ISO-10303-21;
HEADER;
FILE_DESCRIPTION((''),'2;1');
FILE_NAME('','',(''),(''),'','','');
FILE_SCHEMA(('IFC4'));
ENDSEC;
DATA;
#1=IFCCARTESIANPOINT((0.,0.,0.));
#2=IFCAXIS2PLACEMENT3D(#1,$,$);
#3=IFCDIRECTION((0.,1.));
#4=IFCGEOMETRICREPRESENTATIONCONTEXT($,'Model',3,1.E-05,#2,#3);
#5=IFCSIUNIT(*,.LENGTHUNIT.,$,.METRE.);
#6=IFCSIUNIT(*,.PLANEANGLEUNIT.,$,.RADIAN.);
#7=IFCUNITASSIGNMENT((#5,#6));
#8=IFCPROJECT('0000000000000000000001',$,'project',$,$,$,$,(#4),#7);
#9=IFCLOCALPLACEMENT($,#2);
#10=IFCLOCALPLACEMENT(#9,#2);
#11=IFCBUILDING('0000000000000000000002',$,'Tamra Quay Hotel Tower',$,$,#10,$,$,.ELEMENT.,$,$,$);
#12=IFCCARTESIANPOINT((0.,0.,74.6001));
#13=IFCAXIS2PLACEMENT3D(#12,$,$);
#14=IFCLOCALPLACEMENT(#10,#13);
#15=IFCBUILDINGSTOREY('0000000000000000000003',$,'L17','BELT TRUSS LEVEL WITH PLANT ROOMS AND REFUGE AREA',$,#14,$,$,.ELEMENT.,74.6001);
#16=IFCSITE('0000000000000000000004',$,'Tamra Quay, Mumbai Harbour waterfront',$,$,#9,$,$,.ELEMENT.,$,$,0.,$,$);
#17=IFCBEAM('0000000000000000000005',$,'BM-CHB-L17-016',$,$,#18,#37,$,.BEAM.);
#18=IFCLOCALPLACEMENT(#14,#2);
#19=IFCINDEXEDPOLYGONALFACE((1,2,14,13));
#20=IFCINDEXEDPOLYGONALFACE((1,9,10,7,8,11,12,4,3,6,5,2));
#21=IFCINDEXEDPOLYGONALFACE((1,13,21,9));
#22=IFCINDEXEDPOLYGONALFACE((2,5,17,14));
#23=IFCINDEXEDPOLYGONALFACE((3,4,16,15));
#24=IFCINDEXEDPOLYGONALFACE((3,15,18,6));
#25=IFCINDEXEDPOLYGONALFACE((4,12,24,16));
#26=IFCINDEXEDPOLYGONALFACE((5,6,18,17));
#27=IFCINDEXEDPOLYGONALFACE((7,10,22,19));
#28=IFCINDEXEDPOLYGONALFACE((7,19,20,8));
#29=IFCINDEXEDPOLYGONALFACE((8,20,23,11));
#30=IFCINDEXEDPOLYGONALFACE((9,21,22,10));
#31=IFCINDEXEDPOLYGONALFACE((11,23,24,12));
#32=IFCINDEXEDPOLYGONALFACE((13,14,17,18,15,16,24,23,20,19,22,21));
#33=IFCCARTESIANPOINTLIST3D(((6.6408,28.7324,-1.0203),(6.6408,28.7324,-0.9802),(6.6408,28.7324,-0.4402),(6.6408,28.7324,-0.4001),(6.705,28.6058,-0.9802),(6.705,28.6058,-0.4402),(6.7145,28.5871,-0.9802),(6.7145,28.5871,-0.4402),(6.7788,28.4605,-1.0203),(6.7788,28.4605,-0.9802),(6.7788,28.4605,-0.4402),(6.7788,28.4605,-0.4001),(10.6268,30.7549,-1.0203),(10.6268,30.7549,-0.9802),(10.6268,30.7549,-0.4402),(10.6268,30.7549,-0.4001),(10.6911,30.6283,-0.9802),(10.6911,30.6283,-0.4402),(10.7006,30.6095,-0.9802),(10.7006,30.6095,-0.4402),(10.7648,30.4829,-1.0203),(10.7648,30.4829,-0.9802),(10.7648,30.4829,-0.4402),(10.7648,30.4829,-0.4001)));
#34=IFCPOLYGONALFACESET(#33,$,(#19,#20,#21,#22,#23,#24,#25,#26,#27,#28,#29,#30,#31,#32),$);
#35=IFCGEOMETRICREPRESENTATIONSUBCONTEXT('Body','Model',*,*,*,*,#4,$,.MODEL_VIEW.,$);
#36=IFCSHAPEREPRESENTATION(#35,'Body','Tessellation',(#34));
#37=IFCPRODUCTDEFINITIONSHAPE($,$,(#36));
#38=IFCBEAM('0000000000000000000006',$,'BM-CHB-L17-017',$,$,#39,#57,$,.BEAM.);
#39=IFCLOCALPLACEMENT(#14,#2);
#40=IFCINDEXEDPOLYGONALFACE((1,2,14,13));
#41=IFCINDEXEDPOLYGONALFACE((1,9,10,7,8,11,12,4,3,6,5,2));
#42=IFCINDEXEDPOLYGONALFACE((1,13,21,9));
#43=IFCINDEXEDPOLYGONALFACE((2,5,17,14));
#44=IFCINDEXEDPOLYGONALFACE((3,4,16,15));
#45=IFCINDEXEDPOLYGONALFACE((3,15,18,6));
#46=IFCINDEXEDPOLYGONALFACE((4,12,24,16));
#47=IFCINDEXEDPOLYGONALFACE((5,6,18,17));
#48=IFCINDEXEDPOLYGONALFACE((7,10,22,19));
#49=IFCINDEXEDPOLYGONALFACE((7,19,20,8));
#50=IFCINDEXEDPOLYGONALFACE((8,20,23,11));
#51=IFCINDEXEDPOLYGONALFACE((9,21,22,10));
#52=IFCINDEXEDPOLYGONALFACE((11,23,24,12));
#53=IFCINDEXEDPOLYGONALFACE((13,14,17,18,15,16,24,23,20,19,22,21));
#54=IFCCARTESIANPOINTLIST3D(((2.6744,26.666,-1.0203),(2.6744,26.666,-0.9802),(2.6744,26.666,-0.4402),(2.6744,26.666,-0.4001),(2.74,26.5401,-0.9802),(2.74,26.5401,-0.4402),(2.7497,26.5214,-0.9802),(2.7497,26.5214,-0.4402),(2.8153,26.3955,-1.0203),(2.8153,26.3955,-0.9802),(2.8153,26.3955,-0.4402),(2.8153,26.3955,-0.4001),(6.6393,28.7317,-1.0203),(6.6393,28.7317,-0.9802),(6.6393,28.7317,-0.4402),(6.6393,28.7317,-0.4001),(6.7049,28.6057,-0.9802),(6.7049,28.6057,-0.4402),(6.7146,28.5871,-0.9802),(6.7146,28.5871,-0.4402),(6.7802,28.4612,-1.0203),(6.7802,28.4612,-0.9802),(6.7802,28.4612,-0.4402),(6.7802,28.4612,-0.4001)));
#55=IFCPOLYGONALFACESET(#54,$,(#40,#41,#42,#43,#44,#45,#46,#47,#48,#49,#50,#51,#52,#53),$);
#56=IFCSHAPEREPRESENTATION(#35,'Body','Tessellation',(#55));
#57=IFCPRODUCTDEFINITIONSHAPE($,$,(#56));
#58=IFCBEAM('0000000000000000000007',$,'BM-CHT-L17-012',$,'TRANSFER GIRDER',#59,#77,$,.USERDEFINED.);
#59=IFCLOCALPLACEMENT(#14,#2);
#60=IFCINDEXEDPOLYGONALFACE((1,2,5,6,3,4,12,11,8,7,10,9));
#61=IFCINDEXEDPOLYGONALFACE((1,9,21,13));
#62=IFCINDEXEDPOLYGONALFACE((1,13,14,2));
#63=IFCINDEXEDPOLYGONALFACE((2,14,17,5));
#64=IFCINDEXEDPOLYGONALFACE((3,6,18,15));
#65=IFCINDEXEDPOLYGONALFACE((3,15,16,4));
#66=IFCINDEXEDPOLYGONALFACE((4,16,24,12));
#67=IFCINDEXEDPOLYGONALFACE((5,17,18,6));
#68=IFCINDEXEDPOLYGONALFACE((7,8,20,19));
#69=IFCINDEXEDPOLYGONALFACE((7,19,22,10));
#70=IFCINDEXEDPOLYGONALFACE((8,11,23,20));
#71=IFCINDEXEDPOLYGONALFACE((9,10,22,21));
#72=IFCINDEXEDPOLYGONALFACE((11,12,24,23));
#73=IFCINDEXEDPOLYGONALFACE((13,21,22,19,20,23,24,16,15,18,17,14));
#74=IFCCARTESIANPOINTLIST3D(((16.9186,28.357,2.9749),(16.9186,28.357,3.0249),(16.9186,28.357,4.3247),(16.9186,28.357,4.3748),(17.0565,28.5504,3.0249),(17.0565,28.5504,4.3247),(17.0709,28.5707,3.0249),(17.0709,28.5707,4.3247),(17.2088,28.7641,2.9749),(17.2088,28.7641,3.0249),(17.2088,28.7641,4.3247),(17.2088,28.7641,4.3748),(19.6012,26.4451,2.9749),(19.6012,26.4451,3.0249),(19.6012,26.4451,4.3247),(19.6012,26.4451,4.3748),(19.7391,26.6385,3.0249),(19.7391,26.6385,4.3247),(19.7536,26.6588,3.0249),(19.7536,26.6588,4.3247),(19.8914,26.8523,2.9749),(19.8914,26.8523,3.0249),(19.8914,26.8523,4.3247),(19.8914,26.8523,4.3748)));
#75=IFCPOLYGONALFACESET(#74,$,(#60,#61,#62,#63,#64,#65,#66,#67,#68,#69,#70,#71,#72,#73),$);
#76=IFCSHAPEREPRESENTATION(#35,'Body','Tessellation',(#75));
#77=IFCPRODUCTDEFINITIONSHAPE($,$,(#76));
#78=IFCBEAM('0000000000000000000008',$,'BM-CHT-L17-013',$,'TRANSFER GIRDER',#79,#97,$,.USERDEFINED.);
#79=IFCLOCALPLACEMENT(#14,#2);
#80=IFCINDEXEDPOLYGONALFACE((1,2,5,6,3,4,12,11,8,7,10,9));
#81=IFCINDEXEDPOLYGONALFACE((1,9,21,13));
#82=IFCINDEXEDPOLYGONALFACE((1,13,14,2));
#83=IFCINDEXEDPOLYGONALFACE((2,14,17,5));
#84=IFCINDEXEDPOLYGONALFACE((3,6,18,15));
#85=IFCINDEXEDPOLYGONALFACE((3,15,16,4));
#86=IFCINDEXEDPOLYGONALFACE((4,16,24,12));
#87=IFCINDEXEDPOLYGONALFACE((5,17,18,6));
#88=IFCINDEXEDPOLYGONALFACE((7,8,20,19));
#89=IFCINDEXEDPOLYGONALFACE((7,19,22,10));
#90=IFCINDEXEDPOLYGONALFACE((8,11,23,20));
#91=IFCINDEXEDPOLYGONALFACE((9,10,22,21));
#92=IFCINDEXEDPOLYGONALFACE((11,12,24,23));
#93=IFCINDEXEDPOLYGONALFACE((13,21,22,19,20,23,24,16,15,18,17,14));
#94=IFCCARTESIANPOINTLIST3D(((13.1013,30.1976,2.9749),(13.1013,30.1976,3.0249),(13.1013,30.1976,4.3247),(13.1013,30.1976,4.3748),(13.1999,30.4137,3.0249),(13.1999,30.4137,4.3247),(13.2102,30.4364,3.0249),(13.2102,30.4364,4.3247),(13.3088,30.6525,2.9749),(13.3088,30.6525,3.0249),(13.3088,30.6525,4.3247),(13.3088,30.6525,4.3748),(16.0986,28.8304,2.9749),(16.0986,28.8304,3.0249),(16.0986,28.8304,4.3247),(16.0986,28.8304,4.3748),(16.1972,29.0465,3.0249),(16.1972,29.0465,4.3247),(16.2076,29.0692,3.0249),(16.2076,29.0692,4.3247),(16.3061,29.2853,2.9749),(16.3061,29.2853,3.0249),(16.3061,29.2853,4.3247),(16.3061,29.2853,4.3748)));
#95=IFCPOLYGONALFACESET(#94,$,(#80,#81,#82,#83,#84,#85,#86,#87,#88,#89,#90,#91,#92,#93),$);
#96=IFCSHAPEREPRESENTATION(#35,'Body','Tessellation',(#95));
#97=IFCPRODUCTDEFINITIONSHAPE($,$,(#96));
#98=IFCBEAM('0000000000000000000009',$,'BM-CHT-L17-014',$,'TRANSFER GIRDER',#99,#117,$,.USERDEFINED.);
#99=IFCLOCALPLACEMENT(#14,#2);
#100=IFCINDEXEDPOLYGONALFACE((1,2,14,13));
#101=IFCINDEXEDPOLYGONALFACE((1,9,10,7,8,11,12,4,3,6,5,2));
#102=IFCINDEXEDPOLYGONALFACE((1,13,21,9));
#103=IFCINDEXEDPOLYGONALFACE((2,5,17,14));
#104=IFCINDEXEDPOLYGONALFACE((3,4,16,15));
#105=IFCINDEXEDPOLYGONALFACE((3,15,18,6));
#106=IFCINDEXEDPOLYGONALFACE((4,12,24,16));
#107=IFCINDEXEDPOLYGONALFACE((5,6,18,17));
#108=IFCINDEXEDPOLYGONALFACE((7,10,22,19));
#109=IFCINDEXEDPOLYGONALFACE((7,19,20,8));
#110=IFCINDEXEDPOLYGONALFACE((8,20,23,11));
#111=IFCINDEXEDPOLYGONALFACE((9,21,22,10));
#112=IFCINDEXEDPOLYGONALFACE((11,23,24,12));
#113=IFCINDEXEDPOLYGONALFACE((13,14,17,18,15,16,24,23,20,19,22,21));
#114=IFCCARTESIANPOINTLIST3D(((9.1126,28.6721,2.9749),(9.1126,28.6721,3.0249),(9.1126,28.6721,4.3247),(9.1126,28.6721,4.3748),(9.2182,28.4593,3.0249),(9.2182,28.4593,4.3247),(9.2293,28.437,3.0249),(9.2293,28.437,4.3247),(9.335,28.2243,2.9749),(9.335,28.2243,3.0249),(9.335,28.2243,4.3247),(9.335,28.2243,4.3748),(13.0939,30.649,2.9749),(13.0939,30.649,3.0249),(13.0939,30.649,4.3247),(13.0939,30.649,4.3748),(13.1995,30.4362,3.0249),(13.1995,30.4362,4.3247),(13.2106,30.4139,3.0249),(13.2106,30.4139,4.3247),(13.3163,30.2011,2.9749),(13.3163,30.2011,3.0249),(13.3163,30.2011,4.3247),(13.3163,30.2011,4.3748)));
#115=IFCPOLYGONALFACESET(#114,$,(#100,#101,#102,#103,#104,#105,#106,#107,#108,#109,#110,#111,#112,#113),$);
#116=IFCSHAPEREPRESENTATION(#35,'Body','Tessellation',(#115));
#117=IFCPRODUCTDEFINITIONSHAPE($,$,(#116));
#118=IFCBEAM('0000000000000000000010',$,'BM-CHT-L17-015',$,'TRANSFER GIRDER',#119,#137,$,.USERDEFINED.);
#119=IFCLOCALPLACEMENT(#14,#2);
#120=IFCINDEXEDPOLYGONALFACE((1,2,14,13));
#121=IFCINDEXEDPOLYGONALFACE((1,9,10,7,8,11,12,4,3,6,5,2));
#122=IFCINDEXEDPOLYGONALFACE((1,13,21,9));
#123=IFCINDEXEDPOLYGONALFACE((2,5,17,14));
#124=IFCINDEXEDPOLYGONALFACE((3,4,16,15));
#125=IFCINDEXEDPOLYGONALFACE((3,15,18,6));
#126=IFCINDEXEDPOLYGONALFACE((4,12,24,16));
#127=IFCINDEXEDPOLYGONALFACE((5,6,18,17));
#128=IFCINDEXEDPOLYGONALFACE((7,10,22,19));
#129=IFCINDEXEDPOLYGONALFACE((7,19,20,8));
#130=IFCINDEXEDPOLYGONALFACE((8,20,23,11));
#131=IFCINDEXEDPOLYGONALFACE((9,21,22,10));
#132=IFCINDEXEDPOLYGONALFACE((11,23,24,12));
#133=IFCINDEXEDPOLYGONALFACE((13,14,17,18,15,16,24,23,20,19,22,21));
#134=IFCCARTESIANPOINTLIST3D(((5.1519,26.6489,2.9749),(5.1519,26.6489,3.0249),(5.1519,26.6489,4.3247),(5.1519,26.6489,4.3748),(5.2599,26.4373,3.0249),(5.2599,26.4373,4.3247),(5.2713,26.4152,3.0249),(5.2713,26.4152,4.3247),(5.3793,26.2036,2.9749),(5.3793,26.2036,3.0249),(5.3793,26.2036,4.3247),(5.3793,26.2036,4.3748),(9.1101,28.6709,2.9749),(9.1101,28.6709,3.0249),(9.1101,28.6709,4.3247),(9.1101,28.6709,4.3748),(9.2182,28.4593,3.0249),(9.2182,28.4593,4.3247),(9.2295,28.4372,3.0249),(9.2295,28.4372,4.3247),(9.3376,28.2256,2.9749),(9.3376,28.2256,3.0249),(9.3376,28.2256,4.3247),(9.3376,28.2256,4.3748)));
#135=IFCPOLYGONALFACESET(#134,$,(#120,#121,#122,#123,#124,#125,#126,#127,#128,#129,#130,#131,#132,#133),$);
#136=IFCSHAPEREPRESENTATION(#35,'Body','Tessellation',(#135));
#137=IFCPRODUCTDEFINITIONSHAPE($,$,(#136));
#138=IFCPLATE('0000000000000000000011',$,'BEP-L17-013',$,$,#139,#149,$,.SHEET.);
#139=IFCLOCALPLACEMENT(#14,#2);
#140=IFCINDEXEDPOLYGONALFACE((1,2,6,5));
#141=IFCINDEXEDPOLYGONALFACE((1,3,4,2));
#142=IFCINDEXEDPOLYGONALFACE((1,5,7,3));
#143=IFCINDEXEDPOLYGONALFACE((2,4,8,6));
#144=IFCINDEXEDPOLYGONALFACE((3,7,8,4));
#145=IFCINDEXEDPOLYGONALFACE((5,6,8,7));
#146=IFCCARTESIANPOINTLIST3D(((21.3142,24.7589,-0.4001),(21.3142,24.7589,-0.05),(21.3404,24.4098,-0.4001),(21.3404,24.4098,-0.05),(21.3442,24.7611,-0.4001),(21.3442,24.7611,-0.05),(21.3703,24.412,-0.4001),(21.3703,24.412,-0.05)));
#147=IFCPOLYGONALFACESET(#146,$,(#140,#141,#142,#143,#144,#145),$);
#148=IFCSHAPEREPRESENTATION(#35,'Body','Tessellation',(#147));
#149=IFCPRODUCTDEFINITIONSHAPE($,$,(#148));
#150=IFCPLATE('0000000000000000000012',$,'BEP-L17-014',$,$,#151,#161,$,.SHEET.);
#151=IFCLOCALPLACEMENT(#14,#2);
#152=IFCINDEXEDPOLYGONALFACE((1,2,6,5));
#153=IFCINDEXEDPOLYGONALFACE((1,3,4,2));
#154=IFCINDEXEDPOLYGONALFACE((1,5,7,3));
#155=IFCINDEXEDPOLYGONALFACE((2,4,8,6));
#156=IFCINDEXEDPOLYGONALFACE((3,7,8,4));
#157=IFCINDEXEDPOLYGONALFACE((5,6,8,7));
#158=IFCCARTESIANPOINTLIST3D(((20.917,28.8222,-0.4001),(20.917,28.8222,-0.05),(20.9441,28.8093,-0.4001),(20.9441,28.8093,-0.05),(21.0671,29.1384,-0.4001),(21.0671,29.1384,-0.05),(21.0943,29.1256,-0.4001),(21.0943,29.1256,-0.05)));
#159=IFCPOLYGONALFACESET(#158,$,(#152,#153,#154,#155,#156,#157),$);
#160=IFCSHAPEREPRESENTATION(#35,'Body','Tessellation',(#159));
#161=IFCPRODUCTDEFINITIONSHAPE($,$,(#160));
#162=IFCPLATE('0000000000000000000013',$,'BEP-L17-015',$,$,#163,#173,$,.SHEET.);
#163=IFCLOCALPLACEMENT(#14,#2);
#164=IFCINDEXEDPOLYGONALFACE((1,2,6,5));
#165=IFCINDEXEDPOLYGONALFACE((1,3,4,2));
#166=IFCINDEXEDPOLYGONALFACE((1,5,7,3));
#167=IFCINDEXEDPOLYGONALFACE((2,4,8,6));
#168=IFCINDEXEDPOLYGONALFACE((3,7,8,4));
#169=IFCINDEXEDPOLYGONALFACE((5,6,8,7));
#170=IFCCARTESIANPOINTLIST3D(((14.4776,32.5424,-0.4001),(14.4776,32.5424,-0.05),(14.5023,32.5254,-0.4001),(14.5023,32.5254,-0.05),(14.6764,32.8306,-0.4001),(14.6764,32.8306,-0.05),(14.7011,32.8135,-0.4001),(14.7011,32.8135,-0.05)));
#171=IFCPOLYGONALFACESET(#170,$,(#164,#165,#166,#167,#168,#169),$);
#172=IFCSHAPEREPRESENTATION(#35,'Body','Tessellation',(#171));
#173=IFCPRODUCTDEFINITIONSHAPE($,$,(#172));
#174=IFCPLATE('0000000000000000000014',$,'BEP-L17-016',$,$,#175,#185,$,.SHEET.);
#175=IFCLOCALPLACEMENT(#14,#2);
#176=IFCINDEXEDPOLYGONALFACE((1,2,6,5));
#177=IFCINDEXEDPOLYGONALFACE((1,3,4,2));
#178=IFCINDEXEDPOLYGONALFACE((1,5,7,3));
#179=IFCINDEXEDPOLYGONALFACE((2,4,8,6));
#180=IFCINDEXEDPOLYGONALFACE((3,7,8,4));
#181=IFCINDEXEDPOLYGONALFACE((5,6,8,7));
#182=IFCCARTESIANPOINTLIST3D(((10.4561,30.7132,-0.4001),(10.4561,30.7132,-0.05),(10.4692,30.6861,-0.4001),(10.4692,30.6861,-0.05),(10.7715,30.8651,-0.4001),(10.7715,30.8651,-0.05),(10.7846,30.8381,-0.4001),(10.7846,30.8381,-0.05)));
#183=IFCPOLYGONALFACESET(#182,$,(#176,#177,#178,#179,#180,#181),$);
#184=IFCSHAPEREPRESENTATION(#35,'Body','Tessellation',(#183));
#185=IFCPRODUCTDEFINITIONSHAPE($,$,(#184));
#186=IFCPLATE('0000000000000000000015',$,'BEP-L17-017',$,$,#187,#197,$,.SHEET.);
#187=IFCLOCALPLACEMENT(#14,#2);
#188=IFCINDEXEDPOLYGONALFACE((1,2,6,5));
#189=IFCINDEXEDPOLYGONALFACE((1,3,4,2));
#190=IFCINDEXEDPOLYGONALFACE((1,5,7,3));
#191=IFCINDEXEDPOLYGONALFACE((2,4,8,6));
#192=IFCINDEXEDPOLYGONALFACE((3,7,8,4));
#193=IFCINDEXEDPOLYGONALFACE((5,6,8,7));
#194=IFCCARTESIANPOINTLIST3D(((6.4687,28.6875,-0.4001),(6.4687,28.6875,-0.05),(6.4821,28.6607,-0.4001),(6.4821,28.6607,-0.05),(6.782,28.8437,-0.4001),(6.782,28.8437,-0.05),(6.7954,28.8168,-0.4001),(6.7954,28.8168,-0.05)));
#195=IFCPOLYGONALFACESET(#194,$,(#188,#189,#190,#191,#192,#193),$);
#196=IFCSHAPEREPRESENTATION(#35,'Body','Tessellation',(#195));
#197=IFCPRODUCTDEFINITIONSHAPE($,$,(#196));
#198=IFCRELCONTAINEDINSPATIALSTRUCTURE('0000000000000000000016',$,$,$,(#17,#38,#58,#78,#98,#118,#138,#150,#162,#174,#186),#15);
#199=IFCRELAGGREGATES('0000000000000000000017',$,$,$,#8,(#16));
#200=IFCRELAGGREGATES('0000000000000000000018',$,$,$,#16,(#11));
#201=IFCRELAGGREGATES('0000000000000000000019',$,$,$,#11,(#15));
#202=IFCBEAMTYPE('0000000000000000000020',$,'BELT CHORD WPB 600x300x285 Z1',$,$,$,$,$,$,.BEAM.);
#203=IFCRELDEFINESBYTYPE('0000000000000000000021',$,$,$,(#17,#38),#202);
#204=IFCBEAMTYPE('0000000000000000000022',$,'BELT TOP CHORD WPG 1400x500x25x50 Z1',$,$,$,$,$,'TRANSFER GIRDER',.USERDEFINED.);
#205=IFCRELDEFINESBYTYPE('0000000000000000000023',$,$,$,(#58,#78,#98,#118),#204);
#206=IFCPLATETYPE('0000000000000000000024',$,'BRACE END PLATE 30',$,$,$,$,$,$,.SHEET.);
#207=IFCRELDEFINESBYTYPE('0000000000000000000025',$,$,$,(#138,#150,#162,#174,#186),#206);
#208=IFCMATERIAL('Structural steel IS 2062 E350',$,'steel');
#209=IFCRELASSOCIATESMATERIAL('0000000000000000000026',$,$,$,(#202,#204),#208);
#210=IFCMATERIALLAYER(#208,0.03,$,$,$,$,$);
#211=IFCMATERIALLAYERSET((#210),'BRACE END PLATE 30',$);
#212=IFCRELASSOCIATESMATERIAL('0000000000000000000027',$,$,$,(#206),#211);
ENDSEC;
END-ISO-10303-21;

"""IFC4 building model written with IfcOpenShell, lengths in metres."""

from ifc_helpers import new_model, si_unit, direction, frame, origin, origin_2d, place, context, subcontext, project, spatial, rectangle, i_section, extrude, material, layer, layer_set, material_profile, profile_set, type_object, element, save


model = new_model("IFC4")

# Units and contexts
model_context = context("Model", 3, precision=1e-05, world=origin(), true_north=direction((0.0, 1.0)))
body_context = subcontext(model_context, "Body", "Model", "MODEL_VIEW")
ifc_project = project(units=[si_unit("LENGTHUNIT", "METRE"), si_unit("PLANEANGLEUNIT", "RADIAN")], contexts=[model_context])

# Site, building, storey
site_placement = place(None, origin())
site = spatial("IfcSite", under=ifc_project, at=site_placement, Name="Tamra Quay, Mumbai Harbour waterfront", CompositionType="ELEMENT", RefElevation=0.0)
building_placement = place(site_placement, origin())
building = spatial("IfcBuilding", under=site, at=building_placement, Name="Tamra Quay Hotel Tower", CompositionType="ELEMENT")
storey_placement = place(building_placement, frame((0.0, 0.0, 74.6001)))
storey = spatial("IfcBuildingStorey", under=building, at=storey_placement, Name="L17", Description="BELT TRUSS LEVEL WITH PLANT ROOMS AND REFUGE AREA", CompositionType="ELEMENT", Elevation=74.6001)

# Shared definitions
ifc_material_1 = material(Name="Structural steel IS 2062 E350", Category="steel")

# Beams
ifc_material_profile_1 = material_profile(ifc_material_1, i_section(OverallWidth=0.3049, OverallDepth=0.6201, WebThickness=0.021, FlangeThickness=0.04, at=origin_2d()), Name="WPB 600x300x285")
ifc_profile_set_1 = profile_set([ifc_material_profile_1], Name="Structural steel IS 2062 E350")
beam_type_1 = type_object("IfcBeamType", Name="BELT CHORD WPB 600x300x285 Z1", PredefinedType="BEAM", material=ifc_profile_set_1)
beam_1_placement = place(storey_placement, frame((10.6958, 30.6189, -0.7102), z_axis=(-0.891779, -0.452471, 0.0), x_axis=(0.452471, -0.891779, 0.0)))
element("IfcBeam", 1, at=beam_1_placement, inside=storey, type_object=beam_type_1, Name="BM-CHB-L17-016", PredefinedType="BEAM", context=body_context, shape_type="SweptSolid", body=[
    extrude(i_section(OverallWidth=0.3049, OverallDepth=0.6201, WebThickness=0.021, FlangeThickness=0.04, at=origin_2d()), origin(), (0.0, 0.0, 1.0), 4.4697),
])
beam_2_placement = place(storey_placement, frame((6.7097, 28.5964, -0.7102), z_axis=(-0.886854, -0.462049, 0.0), x_axis=(0.462049, -0.886854, 0.0)))
element("IfcBeam", 2, at=beam_2_placement, inside=storey, type_object=beam_type_1, Name="BM-CHB-L17-017", PredefinedType="BEAM", context=body_context, shape_type="SweptSolid", body=[
    extrude(i_section(OverallWidth=0.3049, OverallDepth=0.6201, WebThickness=0.021, FlangeThickness=0.04, at=origin_2d()), origin(), (0.0, 0.0, 1.0), 4.4707),
])
ifc_material_profile_2 = material_profile(ifc_material_1, i_section(OverallWidth=0.5, OverallDepth=1.3999, WebThickness=0.0249, FlangeThickness=0.05, at=origin_2d()), Name="WPG 1400x500x25x50")
ifc_profile_set_2 = profile_set([ifc_material_profile_2], Name="Structural steel IS 2062 E350")
beam_type_2 = type_object("IfcBeamType", Name="BELT TOP CHORD WPG 1400x500x25x50 Z1", ElementType="TRANSFER GIRDER", PredefinedType="USERDEFINED", material=ifc_profile_set_2)
beam_3_placement = place(storey_placement, frame((19.7463, 26.6487, 3.6748), z_axis=(-0.814349, 0.580376, 0.0), x_axis=(-0.580376, -0.814349, 0.0)))
element("IfcBeam", 3, at=beam_3_placement, inside=storey, type_object=beam_type_2, Name="BM-CHT-L17-012", ObjectType="TRANSFER GIRDER", PredefinedType="USERDEFINED", context=body_context, shape_type="SweptSolid", body=[
    extrude(i_section(OverallWidth=0.5, OverallDepth=1.3999, WebThickness=0.0249, FlangeThickness=0.05, at=origin_2d()), origin(), (0.0, 0.0, 1.0), 3.2942),
])
beam_4_placement = place(storey_placement, frame((16.2024, 29.0579, 3.6748), z_axis=(-0.90982, 0.415003, 0.0), x_axis=(-0.415003, -0.90982, 0.0)))
element("IfcBeam", 4, at=beam_4_placement, inside=storey, type_object=beam_type_2, Name="BM-CHT-L17-013", ObjectType="TRANSFER GIRDER", PredefinedType="USERDEFINED", context=body_context, shape_type="SweptSolid", body=[
    extrude(i_section(OverallWidth=0.5, OverallDepth=1.3999, WebThickness=0.0249, FlangeThickness=0.05, at=origin_2d()), origin(), (0.0, 0.0, 1.0), 3.2944),
])
beam_5_placement = place(storey_placement, frame((13.2051, 30.425, 3.6748), z_axis=(-0.895665, -0.444729, 0.0), x_axis=(0.444729, -0.895665, 0.0)))
element("IfcBeam", 5, at=beam_5_placement, inside=storey, type_object=beam_type_2, Name="BM-CHT-L17-014", ObjectType="TRANSFER GIRDER", PredefinedType="USERDEFINED", context=body_context, shape_type="SweptSolid", body=[
    extrude(i_section(OverallWidth=0.5, OverallDepth=1.3999, WebThickness=0.0249, FlangeThickness=0.05, at=origin_2d()), origin(), (0.0, 0.0, 1.0), 4.4451),
])
beam_6_placement = place(storey_placement, frame((9.2239, 28.4482, 3.6748), z_axis=(-0.890538, -0.454909, 0.0), x_axis=(0.454909, -0.890538, 0.0)))
element("IfcBeam", 6, at=beam_6_placement, inside=storey, type_object=beam_type_2, Name="BM-CHT-L17-015", ObjectType="TRANSFER GIRDER", PredefinedType="USERDEFINED", context=body_context, shape_type="SweptSolid", body=[
    extrude(i_section(OverallWidth=0.5, OverallDepth=1.3999, WebThickness=0.0249, FlangeThickness=0.05, at=origin_2d()), origin(), (0.0, 0.0, 1.0), 4.4448),
])

# Plates
ifc_layer = layer(ifc_material_1, 0.03)
ifc_layer_set = layer_set([ifc_layer], Name="BRACE END PLATE 30")
plate_type = type_object("IfcPlateType", Name="BRACE END PLATE 30", PredefinedType="SHEET", material=ifc_layer_set)
for number, where, z_axis, x_axis, name in (
    (7, (21.3423, 24.5854, -0.4001), (0.0, 0.0, 1.0), (0.997212, 0.074624, 0.0), "BEP-L17-013"),
    (8, (21.0056, 28.9739, -0.4001), (0.0, 0.0, 1.0), (-0.903324, 0.428959, 0.0), "BEP-L17-014"),
    (9, (14.5894, 32.678, -0.4001), (0.0, 0.0, 1.0), (-0.823136, 0.567844, 0.0), "BEP-L17-015"),
    (10, (10.6204, 30.7756, -0.4001), (0.0, 0.0, 1.0), (-0.433994, 0.900916, 0.0), "BEP-L17-016"),
    (11, (6.6321, 28.7522, -0.4001), (0.0, 0.0, 1.0), (-0.446088, 0.894989, 0.0), "BEP-L17-017"),
):
    element("IfcPlate", number, at=place(storey_placement, frame(where, z_axis=z_axis, x_axis=x_axis)), inside=storey, type_object=plate_type, Name=name, PredefinedType="SHEET", context=body_context, shape_type="SweptSolid", body=[
        extrude(rectangle(XDim=0.03, YDim=0.3501, at=origin_2d()), origin(), (0.0, 0.0, 1.0), 0.3501),
    ])

save(model, "model.ifc")
